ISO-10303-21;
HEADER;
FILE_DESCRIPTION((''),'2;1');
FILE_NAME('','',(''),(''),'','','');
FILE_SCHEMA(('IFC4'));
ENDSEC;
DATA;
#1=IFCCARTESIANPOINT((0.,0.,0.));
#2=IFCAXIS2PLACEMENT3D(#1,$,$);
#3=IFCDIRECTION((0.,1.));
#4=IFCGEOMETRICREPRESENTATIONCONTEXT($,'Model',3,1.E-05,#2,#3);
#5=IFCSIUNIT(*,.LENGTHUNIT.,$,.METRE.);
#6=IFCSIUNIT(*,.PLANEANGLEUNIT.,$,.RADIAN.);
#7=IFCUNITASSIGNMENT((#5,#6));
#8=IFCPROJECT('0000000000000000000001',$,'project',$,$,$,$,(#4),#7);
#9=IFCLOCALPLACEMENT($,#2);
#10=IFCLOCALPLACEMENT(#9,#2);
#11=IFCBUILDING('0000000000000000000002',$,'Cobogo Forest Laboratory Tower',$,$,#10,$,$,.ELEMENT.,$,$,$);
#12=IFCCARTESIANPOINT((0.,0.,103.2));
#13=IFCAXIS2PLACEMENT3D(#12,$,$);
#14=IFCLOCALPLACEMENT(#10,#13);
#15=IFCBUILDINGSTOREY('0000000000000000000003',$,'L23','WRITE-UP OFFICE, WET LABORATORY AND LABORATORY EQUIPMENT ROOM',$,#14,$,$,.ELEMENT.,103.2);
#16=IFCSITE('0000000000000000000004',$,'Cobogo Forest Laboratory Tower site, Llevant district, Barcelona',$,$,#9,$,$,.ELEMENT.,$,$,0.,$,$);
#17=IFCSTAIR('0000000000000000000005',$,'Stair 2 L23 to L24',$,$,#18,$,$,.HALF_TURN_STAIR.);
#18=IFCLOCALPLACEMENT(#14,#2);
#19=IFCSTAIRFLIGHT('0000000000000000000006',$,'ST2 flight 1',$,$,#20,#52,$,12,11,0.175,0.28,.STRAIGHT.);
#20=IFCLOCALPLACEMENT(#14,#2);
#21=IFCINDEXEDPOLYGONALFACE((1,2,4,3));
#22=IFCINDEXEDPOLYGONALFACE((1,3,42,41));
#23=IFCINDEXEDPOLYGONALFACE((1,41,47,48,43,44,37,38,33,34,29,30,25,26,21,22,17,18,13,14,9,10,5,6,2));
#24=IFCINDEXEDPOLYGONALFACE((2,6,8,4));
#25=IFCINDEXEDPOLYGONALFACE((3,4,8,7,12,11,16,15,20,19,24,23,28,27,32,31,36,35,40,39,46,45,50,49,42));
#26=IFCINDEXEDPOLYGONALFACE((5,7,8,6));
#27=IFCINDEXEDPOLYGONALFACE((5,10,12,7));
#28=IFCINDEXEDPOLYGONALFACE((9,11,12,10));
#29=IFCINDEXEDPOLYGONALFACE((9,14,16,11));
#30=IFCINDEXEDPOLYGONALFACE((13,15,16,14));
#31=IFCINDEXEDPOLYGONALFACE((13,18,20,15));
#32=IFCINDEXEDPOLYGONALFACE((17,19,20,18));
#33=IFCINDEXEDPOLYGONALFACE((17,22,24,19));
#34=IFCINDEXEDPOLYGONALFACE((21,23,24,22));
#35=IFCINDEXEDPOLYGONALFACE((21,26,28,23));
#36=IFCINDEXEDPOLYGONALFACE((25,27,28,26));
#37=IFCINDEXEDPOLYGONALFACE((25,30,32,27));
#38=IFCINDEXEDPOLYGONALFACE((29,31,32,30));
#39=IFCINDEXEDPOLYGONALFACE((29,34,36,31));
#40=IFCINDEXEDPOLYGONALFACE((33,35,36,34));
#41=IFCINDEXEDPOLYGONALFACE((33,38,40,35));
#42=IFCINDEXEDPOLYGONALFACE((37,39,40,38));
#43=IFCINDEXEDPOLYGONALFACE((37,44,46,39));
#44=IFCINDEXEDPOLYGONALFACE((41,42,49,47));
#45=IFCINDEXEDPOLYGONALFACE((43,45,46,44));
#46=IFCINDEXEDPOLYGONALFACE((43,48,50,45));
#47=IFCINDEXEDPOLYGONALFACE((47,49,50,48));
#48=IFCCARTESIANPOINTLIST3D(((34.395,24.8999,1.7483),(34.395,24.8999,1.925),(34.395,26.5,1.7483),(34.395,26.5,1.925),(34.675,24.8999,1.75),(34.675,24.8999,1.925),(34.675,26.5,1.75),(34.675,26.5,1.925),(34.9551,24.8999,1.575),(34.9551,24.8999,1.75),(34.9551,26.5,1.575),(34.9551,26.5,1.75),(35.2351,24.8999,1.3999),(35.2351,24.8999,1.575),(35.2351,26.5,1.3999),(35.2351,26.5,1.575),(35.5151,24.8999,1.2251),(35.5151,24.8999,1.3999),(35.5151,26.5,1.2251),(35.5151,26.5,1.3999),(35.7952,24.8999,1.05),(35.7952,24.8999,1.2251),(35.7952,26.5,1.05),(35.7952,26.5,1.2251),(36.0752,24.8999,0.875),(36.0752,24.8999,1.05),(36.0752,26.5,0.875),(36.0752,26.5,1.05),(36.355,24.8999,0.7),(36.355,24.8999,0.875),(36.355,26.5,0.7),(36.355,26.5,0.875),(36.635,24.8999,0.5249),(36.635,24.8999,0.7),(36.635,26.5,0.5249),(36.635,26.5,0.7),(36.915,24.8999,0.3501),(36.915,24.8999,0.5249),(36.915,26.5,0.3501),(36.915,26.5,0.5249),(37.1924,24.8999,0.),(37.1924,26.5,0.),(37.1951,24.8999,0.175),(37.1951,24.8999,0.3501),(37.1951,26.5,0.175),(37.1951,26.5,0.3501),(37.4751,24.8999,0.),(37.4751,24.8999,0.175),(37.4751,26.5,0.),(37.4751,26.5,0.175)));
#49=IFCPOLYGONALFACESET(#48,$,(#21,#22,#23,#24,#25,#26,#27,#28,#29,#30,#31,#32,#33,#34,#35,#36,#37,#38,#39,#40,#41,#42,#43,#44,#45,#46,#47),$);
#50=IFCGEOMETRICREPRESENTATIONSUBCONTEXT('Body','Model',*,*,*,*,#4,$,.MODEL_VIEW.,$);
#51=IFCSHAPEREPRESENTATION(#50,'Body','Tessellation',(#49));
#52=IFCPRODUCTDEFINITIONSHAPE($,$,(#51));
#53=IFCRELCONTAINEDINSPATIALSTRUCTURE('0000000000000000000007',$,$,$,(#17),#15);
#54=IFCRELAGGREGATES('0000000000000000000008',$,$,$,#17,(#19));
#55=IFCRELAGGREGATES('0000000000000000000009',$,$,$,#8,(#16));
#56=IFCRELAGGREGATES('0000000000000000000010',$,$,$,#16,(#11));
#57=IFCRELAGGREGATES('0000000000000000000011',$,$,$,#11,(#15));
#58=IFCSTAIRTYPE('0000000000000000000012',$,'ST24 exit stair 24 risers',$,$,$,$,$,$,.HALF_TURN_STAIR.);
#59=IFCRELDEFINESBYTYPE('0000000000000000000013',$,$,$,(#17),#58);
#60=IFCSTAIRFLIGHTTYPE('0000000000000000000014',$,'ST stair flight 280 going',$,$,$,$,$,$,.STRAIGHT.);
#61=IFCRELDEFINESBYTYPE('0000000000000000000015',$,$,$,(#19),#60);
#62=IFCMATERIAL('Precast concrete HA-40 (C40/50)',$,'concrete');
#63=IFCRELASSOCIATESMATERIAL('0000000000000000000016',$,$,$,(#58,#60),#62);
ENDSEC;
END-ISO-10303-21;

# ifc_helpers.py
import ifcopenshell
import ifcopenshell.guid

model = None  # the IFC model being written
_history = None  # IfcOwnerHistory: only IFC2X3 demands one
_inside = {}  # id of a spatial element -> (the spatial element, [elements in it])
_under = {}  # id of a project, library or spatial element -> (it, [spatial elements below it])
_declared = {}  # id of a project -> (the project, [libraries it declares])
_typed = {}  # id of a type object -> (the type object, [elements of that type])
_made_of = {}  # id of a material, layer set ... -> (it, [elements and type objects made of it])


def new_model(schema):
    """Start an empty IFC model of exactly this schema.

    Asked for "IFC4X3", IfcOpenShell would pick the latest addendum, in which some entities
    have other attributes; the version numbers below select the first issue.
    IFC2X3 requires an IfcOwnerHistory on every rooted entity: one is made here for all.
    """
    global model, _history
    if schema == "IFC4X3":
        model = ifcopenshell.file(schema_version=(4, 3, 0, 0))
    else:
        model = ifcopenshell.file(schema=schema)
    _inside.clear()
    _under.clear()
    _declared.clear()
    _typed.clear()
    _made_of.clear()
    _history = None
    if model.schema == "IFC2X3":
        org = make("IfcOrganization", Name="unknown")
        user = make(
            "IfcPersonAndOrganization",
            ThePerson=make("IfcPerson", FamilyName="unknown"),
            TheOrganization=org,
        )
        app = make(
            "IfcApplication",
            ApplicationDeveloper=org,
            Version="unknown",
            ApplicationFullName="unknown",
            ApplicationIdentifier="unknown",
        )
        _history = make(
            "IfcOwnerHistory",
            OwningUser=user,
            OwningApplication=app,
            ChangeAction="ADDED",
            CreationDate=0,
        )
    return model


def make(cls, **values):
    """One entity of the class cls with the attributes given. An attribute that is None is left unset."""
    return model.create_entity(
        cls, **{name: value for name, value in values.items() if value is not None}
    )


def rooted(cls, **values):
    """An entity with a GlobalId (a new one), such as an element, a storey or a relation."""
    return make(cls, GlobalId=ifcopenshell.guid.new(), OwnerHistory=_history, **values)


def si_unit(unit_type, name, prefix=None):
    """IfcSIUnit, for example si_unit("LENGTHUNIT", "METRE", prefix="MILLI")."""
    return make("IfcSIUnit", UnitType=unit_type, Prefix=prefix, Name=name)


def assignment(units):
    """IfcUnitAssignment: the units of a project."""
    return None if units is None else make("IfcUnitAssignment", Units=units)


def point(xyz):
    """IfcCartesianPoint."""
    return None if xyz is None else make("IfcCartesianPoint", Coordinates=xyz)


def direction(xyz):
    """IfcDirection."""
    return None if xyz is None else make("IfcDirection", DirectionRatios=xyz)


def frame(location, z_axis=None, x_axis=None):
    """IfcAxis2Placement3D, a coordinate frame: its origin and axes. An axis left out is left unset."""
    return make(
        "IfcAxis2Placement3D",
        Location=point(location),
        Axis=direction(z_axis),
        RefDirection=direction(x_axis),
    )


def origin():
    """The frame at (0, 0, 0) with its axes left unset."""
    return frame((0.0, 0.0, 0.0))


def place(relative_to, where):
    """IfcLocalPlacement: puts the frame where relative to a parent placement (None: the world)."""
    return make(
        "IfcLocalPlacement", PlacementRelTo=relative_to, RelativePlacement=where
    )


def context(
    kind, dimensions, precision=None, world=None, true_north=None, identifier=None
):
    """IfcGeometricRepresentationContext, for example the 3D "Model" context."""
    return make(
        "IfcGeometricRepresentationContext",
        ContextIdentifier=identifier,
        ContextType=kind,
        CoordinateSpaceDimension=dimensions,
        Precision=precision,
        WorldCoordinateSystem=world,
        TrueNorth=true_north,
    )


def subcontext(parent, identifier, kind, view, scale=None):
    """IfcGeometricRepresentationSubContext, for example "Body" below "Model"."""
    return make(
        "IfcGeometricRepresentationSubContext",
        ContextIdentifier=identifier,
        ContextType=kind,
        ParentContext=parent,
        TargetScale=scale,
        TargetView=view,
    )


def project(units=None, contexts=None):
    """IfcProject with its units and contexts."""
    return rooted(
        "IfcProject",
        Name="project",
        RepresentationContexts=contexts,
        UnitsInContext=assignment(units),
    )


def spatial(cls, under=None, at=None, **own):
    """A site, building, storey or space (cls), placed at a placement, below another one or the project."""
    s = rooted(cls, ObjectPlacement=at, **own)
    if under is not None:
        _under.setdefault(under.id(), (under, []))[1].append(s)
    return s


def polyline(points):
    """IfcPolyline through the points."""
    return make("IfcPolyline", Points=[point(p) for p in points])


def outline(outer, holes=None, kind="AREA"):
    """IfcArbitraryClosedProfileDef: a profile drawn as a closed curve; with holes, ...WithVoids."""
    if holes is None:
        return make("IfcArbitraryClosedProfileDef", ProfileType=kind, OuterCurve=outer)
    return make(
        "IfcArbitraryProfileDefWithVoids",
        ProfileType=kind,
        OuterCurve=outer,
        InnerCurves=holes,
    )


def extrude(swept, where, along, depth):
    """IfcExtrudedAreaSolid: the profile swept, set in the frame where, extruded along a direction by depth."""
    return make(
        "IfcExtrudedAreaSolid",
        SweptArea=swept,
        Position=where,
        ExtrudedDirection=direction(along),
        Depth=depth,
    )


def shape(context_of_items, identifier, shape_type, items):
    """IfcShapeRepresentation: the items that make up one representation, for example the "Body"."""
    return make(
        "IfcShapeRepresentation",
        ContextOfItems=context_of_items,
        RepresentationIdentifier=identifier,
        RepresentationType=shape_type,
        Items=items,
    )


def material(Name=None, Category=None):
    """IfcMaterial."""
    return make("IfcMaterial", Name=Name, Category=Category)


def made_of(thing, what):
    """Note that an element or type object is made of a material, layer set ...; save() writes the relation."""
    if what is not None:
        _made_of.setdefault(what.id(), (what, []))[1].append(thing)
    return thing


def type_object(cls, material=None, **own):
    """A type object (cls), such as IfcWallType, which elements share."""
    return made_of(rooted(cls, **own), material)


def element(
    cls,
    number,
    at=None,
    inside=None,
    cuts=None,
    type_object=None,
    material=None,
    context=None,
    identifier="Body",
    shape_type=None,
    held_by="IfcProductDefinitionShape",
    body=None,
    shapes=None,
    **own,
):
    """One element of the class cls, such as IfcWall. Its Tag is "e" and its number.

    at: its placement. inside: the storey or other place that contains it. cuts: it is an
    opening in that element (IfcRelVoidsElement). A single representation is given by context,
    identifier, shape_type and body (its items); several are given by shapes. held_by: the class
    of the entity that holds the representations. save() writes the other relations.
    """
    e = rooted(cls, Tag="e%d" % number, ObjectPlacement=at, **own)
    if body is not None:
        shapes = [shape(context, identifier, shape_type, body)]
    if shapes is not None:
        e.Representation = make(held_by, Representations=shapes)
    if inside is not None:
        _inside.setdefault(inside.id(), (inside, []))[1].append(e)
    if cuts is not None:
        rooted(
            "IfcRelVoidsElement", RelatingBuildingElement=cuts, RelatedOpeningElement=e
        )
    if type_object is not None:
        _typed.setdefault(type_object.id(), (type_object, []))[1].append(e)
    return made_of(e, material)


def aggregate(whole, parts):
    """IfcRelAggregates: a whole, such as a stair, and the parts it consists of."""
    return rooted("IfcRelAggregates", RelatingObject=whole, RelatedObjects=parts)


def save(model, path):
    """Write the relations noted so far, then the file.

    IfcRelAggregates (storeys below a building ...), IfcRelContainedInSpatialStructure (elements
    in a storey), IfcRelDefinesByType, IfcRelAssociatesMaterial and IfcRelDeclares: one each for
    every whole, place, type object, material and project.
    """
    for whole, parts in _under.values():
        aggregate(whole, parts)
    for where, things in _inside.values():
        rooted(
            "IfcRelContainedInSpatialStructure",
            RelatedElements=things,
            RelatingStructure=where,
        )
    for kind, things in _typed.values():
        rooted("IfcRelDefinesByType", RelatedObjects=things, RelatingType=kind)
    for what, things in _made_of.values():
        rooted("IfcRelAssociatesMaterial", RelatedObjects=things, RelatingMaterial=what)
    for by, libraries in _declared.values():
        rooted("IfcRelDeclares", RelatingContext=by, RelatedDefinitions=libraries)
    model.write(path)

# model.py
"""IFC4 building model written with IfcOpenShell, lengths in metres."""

from ifc_helpers import new_model, si_unit, direction, frame, origin, place, context, subcontext, project, spatial, polyline, outline, extrude, material, type_object, element, aggregate, save


model = new_model("IFC4")

# Units and contexts
model_context = context("Model", 3, precision=1e-05, world=origin(), true_north=direction((0.0, 1.0)))
body_context = subcontext(model_context, "Body", "Model", "MODEL_VIEW")
ifc_project = project(units=[si_unit("LENGTHUNIT", "METRE"), si_unit("PLANEANGLEUNIT", "RADIAN")], contexts=[model_context])

# Site, building, storey
site_placement = place(None, origin())
site = spatial("IfcSite", under=ifc_project, at=site_placement, Name="Cobogo Forest Laboratory Tower site, Llevant district, Barcelona", CompositionType="ELEMENT", RefElevation=0.0)
building_placement = place(site_placement, origin())
building = spatial("IfcBuilding", under=site, at=building_placement, Name="Cobogo Forest Laboratory Tower", CompositionType="ELEMENT")
storey_placement = place(building_placement, frame((0.0, 0.0, 103.2)))
storey = spatial("IfcBuildingStorey", under=building, at=storey_placement, Name="L23", Description="WRITE-UP OFFICE, WET LABORATORY AND LABORATORY EQUIPMENT ROOM", CompositionType="ELEMENT", Elevation=103.2)

# Stair, stair flight
ifc_material_1 = material(Name="Precast concrete HA-40 (C40/50)", Category="concrete")
stair_type = type_object("IfcStairType", Name="ST24 exit stair 24 risers", PredefinedType="HALF_TURN_STAIR", material=ifc_material_1)
stair_placement = place(storey_placement, origin())
stair = element("IfcStair", 1, at=stair_placement, inside=storey, type_object=stair_type, Name="Stair 2 L23 to L24", PredefinedType="HALF_TURN_STAIR")
stair_flight_type = type_object("IfcStairFlightType", Name="ST stair flight 280 going", PredefinedType="STRAIGHT", material=ifc_material_1)
stair_flight_placement = place(storey_placement, frame((37.4751, 25.7, 0.0), z_axis=(0.0, 0.0, 1.0), x_axis=(-1.0, 0.0, 0.0)))
stair_flight = element("IfcStairFlight", 2, at=stair_flight_placement, type_object=stair_flight_type, Name="ST2 flight 1", NumberOfRisers=12, NumberOfTreads=11, PredefinedType="STRAIGHT", RiserHeight=0.175, TreadLength=0.28, context=body_context, shape_type="SweptSolid", body=[
    extrude(outline(polyline([(0.0, 0.0), (0.0, 0.175), (0.28, 0.175), (0.28, 0.3501), (0.5601, 0.3501), (0.5601, 0.5249), (0.8401, 0.5249), (0.8401, 0.7), (1.1201, 0.7), (1.1201, 0.875), (1.3999, 0.875), (1.3999, 1.05), (1.6799, 1.05), (1.6799, 1.2251), (1.96, 1.2251), (1.96, 1.3999), (2.24, 1.3999), (2.24, 1.575), (2.52, 1.575), (2.52, 1.75), (2.8, 1.75), (2.8, 1.925), (3.0801, 1.925), (3.0801, 2.1001), (3.0801, 1.7483), (0.2827, 0.0), (0.0, 0.0)])), frame((0.0, 0.8, 0.0), z_axis=(0.0, -1.0, 0.0), x_axis=(1.0, 0.0, 0.0)), (0.0, 0.0, 1.0), 1.6001),
])
aggregate(stair, [stair_flight])

save(model, "model.ifc")
